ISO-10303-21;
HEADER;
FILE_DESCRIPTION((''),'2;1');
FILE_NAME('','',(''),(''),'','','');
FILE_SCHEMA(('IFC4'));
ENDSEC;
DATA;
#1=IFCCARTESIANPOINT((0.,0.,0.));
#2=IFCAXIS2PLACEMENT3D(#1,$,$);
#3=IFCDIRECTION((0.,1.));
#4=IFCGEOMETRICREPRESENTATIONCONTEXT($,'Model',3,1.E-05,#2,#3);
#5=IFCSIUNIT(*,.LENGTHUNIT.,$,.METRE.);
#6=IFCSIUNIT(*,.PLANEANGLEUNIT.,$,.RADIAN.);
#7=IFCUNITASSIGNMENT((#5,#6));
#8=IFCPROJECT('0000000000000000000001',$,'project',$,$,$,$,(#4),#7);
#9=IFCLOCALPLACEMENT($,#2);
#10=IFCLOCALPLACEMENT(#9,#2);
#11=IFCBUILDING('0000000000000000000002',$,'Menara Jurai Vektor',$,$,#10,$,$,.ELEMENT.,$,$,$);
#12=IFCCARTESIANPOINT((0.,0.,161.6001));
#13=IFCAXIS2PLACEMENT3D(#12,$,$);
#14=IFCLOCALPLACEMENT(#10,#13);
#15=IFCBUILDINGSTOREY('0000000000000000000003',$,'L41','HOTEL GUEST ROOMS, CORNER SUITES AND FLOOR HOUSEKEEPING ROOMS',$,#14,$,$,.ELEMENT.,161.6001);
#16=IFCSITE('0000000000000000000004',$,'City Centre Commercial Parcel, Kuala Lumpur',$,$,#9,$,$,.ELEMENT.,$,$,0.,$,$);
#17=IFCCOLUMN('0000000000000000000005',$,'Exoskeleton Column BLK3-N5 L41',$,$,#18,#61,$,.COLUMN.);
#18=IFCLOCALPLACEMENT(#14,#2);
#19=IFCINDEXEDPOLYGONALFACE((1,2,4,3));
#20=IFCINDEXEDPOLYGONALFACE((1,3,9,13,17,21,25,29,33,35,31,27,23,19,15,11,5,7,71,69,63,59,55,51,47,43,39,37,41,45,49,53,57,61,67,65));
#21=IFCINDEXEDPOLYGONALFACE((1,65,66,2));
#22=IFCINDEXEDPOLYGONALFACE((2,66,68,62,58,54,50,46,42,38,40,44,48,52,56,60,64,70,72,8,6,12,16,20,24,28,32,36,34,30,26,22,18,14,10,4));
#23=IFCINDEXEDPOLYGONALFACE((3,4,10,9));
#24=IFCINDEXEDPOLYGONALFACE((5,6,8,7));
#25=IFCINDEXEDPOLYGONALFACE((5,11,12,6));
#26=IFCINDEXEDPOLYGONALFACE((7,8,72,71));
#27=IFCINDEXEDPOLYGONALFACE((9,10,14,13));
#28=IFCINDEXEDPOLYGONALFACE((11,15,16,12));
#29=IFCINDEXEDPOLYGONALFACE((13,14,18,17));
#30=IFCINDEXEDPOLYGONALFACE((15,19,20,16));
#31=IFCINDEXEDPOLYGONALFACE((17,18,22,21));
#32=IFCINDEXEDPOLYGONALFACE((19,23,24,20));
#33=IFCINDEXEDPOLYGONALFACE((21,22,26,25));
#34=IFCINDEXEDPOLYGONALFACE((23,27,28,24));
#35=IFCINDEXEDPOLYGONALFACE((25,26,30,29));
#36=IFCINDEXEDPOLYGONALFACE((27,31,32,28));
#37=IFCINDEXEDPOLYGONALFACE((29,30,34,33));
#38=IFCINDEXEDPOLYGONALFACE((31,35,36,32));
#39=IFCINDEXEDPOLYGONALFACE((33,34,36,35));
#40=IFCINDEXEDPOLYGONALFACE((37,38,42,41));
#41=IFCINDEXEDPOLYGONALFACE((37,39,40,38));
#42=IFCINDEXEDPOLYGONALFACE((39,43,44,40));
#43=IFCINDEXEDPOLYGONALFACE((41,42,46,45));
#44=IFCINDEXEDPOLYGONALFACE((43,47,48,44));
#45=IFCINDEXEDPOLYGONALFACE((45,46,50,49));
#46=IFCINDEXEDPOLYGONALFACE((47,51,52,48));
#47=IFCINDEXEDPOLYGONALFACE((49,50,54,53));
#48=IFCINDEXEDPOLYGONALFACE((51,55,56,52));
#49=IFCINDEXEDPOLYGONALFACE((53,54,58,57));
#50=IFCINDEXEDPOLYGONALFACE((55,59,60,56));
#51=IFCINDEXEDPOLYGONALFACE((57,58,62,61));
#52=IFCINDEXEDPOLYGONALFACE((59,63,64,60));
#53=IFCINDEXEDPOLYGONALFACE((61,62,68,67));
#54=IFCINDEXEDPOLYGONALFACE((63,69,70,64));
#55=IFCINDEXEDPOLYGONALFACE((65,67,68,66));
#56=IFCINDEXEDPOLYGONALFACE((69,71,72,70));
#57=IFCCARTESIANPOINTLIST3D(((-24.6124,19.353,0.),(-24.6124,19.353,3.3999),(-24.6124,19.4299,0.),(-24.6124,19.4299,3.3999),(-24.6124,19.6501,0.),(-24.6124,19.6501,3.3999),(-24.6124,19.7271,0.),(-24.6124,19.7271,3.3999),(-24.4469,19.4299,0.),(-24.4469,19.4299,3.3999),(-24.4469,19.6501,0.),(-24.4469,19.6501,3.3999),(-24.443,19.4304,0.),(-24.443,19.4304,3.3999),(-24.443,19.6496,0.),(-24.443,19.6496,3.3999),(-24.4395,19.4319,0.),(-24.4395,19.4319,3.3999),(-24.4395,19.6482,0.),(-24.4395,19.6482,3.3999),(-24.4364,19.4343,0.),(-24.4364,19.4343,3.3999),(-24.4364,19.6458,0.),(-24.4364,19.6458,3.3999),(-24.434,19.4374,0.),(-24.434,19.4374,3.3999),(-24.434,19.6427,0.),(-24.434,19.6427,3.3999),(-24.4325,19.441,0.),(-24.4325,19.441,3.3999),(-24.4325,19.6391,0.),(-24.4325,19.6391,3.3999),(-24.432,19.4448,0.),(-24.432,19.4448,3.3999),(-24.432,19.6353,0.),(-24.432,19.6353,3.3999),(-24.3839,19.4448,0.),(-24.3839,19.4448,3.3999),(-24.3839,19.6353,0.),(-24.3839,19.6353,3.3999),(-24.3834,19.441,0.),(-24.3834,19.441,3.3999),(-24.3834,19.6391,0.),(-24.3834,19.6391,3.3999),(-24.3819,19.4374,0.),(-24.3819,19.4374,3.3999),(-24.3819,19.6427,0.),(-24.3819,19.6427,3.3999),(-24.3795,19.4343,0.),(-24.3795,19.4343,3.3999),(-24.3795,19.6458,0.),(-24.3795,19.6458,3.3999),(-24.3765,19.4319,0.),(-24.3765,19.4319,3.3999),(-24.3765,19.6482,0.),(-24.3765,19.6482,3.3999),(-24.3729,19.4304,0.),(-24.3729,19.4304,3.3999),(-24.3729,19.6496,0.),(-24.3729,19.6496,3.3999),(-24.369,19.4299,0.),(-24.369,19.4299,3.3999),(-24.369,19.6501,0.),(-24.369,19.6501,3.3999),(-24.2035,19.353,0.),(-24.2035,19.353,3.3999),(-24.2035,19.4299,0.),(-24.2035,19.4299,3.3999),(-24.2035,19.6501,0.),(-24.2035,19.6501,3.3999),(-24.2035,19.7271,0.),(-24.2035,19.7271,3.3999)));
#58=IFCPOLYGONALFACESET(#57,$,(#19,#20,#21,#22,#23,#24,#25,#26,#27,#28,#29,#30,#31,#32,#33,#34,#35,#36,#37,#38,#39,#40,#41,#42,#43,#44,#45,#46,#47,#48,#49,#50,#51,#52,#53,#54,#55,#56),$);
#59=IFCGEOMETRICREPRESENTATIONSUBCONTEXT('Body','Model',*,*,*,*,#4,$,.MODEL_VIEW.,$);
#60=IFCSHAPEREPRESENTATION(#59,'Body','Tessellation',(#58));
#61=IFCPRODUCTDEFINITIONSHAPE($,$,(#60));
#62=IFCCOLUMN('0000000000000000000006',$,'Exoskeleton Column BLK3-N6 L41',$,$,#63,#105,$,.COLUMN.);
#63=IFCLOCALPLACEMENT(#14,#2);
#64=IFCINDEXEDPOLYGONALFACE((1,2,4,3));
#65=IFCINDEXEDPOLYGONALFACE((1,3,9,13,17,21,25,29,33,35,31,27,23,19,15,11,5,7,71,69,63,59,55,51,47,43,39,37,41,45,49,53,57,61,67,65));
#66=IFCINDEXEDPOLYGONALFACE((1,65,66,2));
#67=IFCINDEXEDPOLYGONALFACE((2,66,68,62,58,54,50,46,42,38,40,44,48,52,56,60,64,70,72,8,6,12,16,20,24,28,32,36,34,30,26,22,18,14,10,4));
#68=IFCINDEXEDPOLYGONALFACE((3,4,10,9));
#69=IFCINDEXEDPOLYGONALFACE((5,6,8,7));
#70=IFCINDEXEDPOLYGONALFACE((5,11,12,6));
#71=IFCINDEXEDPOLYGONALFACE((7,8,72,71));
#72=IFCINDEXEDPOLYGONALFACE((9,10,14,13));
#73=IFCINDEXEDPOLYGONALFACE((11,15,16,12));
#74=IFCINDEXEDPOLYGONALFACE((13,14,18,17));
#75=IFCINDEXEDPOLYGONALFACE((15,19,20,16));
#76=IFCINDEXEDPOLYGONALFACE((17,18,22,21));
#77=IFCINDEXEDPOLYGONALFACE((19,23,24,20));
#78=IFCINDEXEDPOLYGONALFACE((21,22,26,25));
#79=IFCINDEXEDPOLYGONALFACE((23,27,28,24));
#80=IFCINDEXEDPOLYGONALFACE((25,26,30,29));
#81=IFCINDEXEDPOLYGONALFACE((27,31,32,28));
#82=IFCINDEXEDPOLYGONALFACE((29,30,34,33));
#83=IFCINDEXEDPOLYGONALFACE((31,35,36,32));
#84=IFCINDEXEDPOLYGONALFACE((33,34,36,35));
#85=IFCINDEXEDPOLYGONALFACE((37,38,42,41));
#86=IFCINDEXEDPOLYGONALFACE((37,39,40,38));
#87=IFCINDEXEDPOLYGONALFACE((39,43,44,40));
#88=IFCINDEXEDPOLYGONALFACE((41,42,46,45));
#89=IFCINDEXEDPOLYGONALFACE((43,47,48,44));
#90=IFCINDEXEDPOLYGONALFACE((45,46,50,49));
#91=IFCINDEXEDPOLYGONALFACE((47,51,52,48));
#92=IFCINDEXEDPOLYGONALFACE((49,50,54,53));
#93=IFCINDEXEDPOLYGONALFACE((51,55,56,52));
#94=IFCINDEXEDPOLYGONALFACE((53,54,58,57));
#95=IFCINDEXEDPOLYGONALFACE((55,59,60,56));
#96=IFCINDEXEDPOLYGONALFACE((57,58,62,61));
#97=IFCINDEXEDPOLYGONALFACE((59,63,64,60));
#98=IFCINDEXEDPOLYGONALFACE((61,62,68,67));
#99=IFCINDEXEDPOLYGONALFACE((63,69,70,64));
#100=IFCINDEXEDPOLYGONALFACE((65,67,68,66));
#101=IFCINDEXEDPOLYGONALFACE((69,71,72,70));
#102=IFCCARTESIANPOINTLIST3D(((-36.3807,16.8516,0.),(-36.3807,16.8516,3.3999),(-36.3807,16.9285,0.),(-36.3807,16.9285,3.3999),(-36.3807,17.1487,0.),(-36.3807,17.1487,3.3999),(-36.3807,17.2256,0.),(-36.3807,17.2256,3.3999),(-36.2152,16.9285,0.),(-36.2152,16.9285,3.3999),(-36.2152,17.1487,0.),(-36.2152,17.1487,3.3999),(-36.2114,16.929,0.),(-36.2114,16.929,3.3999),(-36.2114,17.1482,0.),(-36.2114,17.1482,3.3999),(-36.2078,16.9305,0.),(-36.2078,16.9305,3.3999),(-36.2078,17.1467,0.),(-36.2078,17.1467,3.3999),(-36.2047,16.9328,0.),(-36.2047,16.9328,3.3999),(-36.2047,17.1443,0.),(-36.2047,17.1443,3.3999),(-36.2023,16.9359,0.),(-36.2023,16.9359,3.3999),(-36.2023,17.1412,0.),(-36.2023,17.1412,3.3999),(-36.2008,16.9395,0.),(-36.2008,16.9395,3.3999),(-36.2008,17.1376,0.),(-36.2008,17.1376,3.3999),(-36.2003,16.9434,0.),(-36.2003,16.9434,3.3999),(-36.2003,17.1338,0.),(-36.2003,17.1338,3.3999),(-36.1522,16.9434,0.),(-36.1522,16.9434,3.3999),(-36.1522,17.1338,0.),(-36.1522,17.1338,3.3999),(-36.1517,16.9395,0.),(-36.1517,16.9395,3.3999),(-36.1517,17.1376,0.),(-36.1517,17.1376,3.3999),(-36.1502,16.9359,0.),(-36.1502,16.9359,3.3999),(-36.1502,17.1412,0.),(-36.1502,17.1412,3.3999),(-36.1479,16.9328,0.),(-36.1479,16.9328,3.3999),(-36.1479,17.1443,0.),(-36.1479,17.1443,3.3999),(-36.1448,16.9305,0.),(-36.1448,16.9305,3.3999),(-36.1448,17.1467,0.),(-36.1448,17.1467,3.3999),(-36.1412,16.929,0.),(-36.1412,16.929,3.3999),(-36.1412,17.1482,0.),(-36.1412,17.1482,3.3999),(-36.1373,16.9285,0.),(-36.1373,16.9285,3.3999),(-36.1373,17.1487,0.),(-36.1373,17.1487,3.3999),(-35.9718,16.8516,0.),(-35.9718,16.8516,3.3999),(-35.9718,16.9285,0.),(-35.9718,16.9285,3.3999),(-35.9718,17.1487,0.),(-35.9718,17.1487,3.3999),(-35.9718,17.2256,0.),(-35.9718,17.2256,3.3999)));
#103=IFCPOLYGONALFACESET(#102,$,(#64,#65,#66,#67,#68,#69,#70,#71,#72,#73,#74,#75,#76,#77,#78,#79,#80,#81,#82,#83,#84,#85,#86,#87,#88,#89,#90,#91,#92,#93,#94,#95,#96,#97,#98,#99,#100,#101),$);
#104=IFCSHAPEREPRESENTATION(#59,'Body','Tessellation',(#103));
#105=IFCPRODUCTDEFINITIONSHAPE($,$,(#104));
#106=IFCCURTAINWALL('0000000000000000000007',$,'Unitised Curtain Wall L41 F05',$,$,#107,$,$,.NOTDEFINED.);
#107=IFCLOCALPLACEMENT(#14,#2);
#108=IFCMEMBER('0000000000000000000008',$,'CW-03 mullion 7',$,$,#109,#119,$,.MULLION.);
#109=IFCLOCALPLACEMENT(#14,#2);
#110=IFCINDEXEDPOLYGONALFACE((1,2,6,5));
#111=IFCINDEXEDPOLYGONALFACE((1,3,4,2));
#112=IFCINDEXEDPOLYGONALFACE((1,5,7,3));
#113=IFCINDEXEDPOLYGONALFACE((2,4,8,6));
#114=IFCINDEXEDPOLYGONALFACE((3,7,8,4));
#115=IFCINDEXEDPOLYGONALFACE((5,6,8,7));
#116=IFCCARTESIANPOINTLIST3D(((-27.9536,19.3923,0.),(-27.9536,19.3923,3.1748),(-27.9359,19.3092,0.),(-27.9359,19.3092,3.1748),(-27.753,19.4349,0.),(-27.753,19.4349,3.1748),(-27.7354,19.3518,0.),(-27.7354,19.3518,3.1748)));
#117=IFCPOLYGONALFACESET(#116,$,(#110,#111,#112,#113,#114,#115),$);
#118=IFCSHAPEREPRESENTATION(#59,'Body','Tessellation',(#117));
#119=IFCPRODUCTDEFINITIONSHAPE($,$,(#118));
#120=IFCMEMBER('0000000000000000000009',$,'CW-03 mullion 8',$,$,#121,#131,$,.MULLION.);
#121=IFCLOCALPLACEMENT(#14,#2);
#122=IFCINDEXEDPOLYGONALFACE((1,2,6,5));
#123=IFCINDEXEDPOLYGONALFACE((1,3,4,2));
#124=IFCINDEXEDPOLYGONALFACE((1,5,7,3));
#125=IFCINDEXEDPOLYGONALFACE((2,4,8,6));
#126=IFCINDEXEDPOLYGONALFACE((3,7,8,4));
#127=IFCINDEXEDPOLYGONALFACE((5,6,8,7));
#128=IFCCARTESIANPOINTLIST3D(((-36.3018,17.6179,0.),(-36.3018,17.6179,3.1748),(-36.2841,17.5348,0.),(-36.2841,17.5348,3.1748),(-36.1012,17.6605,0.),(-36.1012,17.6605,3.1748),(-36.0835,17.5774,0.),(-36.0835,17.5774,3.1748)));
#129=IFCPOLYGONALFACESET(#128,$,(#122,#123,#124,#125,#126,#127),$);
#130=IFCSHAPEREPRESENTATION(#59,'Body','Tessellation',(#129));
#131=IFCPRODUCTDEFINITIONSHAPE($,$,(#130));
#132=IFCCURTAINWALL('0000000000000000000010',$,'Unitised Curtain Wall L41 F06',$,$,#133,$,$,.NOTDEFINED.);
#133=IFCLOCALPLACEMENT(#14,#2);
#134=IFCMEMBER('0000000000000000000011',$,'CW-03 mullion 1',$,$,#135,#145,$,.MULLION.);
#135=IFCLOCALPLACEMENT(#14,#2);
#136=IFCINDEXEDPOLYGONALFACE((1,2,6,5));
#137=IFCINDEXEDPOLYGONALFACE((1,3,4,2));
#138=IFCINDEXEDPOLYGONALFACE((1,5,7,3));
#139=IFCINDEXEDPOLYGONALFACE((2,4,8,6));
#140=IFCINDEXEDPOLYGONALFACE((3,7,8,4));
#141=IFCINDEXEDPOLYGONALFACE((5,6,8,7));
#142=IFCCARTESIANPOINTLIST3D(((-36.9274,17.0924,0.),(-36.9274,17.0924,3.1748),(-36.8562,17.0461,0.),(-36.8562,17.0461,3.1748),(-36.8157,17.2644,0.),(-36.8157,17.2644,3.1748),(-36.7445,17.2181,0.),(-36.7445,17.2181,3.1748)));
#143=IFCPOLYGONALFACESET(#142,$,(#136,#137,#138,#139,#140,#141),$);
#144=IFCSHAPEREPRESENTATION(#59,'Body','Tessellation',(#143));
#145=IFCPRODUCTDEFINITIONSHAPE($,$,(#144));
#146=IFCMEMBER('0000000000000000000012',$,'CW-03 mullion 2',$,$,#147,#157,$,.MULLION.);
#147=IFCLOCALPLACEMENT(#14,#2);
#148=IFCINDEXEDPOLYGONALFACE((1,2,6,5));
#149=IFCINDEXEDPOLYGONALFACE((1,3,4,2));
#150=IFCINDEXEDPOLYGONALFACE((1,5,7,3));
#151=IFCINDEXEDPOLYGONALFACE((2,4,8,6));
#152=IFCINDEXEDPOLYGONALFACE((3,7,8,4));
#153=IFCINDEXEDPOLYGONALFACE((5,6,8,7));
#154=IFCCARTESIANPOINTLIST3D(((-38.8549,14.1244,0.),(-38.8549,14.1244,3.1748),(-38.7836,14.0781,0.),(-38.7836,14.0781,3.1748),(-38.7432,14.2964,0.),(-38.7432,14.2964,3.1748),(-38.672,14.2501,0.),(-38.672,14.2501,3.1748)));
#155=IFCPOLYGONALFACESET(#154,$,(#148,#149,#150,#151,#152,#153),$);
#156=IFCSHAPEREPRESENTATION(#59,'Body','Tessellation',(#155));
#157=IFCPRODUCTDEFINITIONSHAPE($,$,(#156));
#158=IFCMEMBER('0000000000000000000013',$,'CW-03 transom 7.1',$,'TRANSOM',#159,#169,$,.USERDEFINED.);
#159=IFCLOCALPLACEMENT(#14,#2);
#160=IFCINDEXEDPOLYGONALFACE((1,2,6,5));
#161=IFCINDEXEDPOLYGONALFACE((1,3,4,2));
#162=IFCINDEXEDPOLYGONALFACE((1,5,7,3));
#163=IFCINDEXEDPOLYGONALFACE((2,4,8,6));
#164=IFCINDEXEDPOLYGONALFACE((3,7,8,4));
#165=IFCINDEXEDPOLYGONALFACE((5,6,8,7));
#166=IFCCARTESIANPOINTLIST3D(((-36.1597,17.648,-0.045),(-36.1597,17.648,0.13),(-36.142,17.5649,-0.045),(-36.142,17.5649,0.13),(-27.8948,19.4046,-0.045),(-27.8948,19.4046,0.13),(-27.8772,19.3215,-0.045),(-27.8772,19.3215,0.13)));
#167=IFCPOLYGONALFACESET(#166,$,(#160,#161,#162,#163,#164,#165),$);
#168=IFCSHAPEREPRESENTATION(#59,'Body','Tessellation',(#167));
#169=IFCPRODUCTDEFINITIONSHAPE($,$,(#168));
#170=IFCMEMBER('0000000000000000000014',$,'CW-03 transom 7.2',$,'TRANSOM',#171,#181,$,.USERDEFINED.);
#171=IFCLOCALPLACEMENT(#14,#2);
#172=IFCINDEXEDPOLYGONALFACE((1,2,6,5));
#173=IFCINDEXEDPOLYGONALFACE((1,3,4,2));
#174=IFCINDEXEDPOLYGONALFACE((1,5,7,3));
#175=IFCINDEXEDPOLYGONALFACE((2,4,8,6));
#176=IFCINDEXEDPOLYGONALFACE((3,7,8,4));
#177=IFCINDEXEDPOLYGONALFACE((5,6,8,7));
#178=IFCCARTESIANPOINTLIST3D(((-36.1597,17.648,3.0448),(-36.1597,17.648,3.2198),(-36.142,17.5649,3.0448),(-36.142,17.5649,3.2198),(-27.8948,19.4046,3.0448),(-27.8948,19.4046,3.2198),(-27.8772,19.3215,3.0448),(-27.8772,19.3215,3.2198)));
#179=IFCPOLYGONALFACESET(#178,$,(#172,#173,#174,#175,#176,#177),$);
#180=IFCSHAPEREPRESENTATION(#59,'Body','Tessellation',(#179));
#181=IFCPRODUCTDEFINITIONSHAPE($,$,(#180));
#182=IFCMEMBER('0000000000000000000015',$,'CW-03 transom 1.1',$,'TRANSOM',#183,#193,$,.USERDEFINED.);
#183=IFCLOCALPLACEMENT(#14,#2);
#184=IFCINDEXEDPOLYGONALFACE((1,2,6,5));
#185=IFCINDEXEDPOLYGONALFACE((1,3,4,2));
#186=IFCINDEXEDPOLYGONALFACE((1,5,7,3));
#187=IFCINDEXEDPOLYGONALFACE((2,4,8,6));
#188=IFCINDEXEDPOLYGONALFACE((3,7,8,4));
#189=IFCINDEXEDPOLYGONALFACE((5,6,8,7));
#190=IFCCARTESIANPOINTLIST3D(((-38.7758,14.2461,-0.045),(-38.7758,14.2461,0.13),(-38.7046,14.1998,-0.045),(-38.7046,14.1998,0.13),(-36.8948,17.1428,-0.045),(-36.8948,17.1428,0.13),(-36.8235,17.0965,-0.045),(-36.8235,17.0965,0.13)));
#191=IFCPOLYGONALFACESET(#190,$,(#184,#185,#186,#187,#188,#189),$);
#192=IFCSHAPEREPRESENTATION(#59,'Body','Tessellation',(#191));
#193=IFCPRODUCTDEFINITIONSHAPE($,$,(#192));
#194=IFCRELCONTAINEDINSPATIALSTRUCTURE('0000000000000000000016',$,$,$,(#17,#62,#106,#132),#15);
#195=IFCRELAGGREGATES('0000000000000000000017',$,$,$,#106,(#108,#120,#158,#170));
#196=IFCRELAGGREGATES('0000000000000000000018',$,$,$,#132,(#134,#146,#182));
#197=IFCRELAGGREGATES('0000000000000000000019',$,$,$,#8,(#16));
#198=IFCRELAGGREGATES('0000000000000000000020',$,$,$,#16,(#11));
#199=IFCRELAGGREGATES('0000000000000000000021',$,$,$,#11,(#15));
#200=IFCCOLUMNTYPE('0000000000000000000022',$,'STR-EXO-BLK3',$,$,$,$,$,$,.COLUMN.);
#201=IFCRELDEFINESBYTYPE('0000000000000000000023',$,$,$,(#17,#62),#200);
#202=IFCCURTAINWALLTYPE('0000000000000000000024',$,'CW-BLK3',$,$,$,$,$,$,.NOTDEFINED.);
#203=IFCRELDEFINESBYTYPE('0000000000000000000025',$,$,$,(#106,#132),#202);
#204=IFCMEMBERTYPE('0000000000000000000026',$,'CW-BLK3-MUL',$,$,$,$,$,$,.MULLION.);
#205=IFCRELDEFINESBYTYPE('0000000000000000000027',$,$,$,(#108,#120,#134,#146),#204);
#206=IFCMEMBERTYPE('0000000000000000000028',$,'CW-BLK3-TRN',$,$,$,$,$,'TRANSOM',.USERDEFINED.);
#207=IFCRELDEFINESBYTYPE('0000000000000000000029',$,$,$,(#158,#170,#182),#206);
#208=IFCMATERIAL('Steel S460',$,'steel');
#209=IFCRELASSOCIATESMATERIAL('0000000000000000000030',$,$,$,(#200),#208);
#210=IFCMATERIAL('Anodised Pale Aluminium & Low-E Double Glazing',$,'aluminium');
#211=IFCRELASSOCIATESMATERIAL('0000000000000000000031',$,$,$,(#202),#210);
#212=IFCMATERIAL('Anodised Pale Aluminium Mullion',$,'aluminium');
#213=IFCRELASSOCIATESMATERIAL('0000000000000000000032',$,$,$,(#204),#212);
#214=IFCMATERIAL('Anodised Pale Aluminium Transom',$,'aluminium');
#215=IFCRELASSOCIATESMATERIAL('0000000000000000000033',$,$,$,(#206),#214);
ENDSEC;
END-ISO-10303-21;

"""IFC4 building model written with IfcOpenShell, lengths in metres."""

from ifc_helpers import new_model, si_unit, direction, frame, origin, origin_2d, place, context, subcontext, project, spatial, rectangle, i_section, extrude, material, material_profile, profile_set, type_object, element, aggregate, save


model = new_model("IFC4")

# Units and contexts
model_context = context("Model", 3, precision=1e-05, world=origin(), true_north=direction((0.0, 1.0)))
body_context = subcontext(model_context, "Body", "Model", "MODEL_VIEW")
ifc_project = project(units=[si_unit("LENGTHUNIT", "METRE"), si_unit("PLANEANGLEUNIT", "RADIAN")], contexts=[model_context])

# Site, building, storey
site_placement = place(None, origin())
site = spatial("IfcSite", under=ifc_project, at=site_placement, Name="City Centre Commercial Parcel, Kuala Lumpur", CompositionType="ELEMENT", RefElevation=0.0)
building_placement = place(site_placement, origin())
building = spatial("IfcBuilding", under=site, at=building_placement, Name="Menara Jurai Vektor", CompositionType="ELEMENT")
storey_placement = place(building_placement, frame((0.0, 0.0, 161.6001)))
storey = spatial("IfcBuildingStorey", under=building, at=storey_placement, Name="L41", Description="HOTEL GUEST ROOMS, CORNER SUITES AND FLOOR HOUSEKEEPING ROOMS", CompositionType="ELEMENT", Elevation=161.6001)

# Columns
ifc_material_1 = material(Name="Steel S460", Category="steel")
ifc_material_profile_1 = material_profile(ifc_material_1, i_section(OverallWidth=0.4089, OverallDepth=0.374, WebThickness=0.0481, FlangeThickness=0.0769, FilletRadius=0.0149, at=origin_2d()), Name="HD 400x634")
ifc_profile_set_1 = profile_set([ifc_material_profile_1], Name="Steel S460")
column_type = type_object("IfcColumnType", Name="STR-EXO-BLK3", PredefinedType="COLUMN", material=ifc_profile_set_1)
for number, where, z_axis, x_axis, name in (
    (1, (-24.408, 19.54, 0.0), (0.0, 0.0, 1.0), (1.0, 0.0, 0.0), "Exoskeleton Column BLK3-N5 L41"),
    (2, (-36.1763, 17.0386, 0.0), (0.0, 0.0, 1.0), (1.0, 0.0, 0.0), "Exoskeleton Column BLK3-N6 L41"),
):
    element("IfcColumn", number, at=place(storey_placement, frame(where, z_axis=z_axis, x_axis=x_axis)), inside=storey, type_object=column_type, Name=name, PredefinedType="COLUMN", context=body_context, shape_type="SweptSolid", body=[
        extrude(i_section(OverallWidth=0.4089, OverallDepth=0.374, WebThickness=0.0481, FlangeThickness=0.0769, FilletRadius=0.0149, at=origin_2d()), origin(), (0.0, 0.0, 1.0), 3.3999),
    ])

# Curtain walls, members
ifc_material_2 = material(Name="Anodised Pale Aluminium & Low-E Double Glazing", Category="aluminium")
curtain_wall_type = type_object("IfcCurtainWallType", Name="CW-BLK3", PredefinedType="NOTDEFINED", material=ifc_material_2)
curtain_wall_1_placement = place(storey_placement, origin())
curtain_wall_1 = element("IfcCurtainWall", 3, at=curtain_wall_1_placement, inside=storey, type_object=curtain_wall_type, Name="Unitised Curtain Wall L41 F05", PredefinedType="NOTDEFINED")
ifc_material_3 = material(Name="Anodised Pale Aluminium Mullion", Category="aluminium")
ifc_material_profile_2 = material_profile(ifc_material_3, rectangle(XDim=0.085, YDim=0.2051, at=origin_2d()), Name="ALU MUL 85x205")
ifc_profile_set_2 = profile_set([ifc_material_profile_2], Name="Anodised Pale Aluminium Mullion")
member_type_1 = type_object("IfcMemberType", Name="CW-BLK3-MUL", PredefinedType="MULLION", material=ifc_profile_set_2)
member_1_placement = place(storey_placement, frame((-27.8445, 19.3721, 0.0), z_axis=(0.0, 0.0, 1.0), x_axis=(0.207911, -0.978148, 0.0)))
member_1 = element("IfcMember", 4, at=member_1_placement, type_object=member_type_1, Name="CW-03 mullion 7", PredefinedType="MULLION", context=body_context, shape_type="SweptSolid", body=[
    extrude(rectangle(XDim=0.085, YDim=0.2051, at=origin_2d()), origin(), (0.0, 0.0, 1.0), 3.1748),
])
member_2_placement = place(storey_placement, frame((-36.1926, 17.5977, 0.0), z_axis=(0.0, 0.0, 1.0), x_axis=(0.207911, -0.978148, 0.0)))
member_2 = element("IfcMember", 5, at=member_2_placement, type_object=member_type_1, Name="CW-03 mullion 8", PredefinedType="MULLION", context=body_context, shape_type="SweptSolid", body=[
    extrude(rectangle(XDim=0.085, YDim=0.2051, at=origin_2d()), origin(), (0.0, 0.0, 1.0), 3.1748),
])
curtain_wall_2_placement = place(storey_placement, origin())
curtain_wall_2 = element("IfcCurtainWall", 6, at=curtain_wall_2_placement, inside=storey, type_object=curtain_wall_type, Name="Unitised Curtain Wall L41 F06", PredefinedType="NOTDEFINED")
member_3_placement = place(storey_placement, frame((-36.8359, 17.1553, 0.0), z_axis=(0.0, 0.0, 1.0), x_axis=(0.838684, -0.544618, 0.0)))
member_3 = element("IfcMember", 7, at=member_3_placement, type_object=member_type_1, Name="CW-03 mullion 1", PredefinedType="MULLION", context=body_context, shape_type="SweptSolid", body=[
    extrude(rectangle(XDim=0.085, YDim=0.2051, at=origin_2d()), origin(), (0.0, 0.0, 1.0), 3.1748),
])
member_4_placement = place(storey_placement, frame((-38.7634, 14.1873, 0.0), z_axis=(0.0, 0.0, 1.0), x_axis=(0.838684, -0.544618, 0.0)))
member_4 = element("IfcMember", 8, at=member_4_placement, type_object=member_type_1, Name="CW-03 mullion 2", PredefinedType="MULLION", context=body_context, shape_type="SweptSolid", body=[
    extrude(rectangle(XDim=0.085, YDim=0.2051, at=origin_2d()), origin(), (0.0, 0.0, 1.0), 3.1748),
])

# Members
ifc_material_4 = material(Name="Anodised Pale Aluminium Transom", Category="aluminium")
ifc_material_profile_3 = material_profile(ifc_material_4, rectangle(XDim=0.085, YDim=0.175, at=origin_2d()), Name="ALU TRN 85x175")
ifc_profile_set_3 = profile_set([ifc_material_profile_3], Name="Anodised Pale Aluminium Transom")
member_type_2 = type_object("IfcMemberType", Name="CW-BLK3-TRN", ElementType="TRANSOM", PredefinedType="USERDEFINED", material=ifc_profile_set_3)
member_5_placement = place(storey_placement, frame((-27.886, 19.363, 0.0425), z_axis=(-0.978152, -0.207893, 0.0), x_axis=(0.207893, -0.978152, 0.0)))
member_5 = element("IfcMember", 9, at=member_5_placement, type_object=member_type_2, Name="CW-03 transom 7.1", ObjectType="TRANSOM", PredefinedType="USERDEFINED", context=body_context, shape_type="SweptSolid", body=[
    extrude(rectangle(XDim=0.085, YDim=0.175, at=origin_2d()), origin(), (0.0, 0.0, 1.0), 8.4495),
])
member_6_placement = place(storey_placement, frame((-27.886, 19.363, 3.1323), z_axis=(-0.978152, -0.207893, 0.0), x_axis=(0.207893, -0.978152, 0.0)))
member_6 = element("IfcMember", 10, at=member_6_placement, type_object=member_type_2, Name="CW-03 transom 7.2", ObjectType="TRANSOM", PredefinedType="USERDEFINED", context=body_context, shape_type="SweptSolid", body=[
    extrude(rectangle(XDim=0.085, YDim=0.175, at=origin_2d()), origin(), (0.0, 0.0, 1.0), 8.4495),
])
member_7_placement = place(storey_placement, frame((-36.8591, 17.1196, 0.0425), z_axis=(-0.544628, -0.838678, 0.0), x_axis=(0.838678, -0.544628, 0.0)))
member_7 = element("IfcMember", 11, at=member_7_placement, type_object=member_type_2, Name="CW-03 transom 1.1", ObjectType="TRANSOM", PredefinedType="USERDEFINED", context=body_context, shape_type="SweptSolid", body=[
    extrude(rectangle(XDim=0.085, YDim=0.175, at=origin_2d()), origin(), (0.0, 0.0, 1.0), 3.4539),
])

aggregate(curtain_wall_1, [member_1, member_2, member_5, member_6])
aggregate(curtain_wall_2, [member_3, member_4, member_7])

save(model, "model.ifc")
